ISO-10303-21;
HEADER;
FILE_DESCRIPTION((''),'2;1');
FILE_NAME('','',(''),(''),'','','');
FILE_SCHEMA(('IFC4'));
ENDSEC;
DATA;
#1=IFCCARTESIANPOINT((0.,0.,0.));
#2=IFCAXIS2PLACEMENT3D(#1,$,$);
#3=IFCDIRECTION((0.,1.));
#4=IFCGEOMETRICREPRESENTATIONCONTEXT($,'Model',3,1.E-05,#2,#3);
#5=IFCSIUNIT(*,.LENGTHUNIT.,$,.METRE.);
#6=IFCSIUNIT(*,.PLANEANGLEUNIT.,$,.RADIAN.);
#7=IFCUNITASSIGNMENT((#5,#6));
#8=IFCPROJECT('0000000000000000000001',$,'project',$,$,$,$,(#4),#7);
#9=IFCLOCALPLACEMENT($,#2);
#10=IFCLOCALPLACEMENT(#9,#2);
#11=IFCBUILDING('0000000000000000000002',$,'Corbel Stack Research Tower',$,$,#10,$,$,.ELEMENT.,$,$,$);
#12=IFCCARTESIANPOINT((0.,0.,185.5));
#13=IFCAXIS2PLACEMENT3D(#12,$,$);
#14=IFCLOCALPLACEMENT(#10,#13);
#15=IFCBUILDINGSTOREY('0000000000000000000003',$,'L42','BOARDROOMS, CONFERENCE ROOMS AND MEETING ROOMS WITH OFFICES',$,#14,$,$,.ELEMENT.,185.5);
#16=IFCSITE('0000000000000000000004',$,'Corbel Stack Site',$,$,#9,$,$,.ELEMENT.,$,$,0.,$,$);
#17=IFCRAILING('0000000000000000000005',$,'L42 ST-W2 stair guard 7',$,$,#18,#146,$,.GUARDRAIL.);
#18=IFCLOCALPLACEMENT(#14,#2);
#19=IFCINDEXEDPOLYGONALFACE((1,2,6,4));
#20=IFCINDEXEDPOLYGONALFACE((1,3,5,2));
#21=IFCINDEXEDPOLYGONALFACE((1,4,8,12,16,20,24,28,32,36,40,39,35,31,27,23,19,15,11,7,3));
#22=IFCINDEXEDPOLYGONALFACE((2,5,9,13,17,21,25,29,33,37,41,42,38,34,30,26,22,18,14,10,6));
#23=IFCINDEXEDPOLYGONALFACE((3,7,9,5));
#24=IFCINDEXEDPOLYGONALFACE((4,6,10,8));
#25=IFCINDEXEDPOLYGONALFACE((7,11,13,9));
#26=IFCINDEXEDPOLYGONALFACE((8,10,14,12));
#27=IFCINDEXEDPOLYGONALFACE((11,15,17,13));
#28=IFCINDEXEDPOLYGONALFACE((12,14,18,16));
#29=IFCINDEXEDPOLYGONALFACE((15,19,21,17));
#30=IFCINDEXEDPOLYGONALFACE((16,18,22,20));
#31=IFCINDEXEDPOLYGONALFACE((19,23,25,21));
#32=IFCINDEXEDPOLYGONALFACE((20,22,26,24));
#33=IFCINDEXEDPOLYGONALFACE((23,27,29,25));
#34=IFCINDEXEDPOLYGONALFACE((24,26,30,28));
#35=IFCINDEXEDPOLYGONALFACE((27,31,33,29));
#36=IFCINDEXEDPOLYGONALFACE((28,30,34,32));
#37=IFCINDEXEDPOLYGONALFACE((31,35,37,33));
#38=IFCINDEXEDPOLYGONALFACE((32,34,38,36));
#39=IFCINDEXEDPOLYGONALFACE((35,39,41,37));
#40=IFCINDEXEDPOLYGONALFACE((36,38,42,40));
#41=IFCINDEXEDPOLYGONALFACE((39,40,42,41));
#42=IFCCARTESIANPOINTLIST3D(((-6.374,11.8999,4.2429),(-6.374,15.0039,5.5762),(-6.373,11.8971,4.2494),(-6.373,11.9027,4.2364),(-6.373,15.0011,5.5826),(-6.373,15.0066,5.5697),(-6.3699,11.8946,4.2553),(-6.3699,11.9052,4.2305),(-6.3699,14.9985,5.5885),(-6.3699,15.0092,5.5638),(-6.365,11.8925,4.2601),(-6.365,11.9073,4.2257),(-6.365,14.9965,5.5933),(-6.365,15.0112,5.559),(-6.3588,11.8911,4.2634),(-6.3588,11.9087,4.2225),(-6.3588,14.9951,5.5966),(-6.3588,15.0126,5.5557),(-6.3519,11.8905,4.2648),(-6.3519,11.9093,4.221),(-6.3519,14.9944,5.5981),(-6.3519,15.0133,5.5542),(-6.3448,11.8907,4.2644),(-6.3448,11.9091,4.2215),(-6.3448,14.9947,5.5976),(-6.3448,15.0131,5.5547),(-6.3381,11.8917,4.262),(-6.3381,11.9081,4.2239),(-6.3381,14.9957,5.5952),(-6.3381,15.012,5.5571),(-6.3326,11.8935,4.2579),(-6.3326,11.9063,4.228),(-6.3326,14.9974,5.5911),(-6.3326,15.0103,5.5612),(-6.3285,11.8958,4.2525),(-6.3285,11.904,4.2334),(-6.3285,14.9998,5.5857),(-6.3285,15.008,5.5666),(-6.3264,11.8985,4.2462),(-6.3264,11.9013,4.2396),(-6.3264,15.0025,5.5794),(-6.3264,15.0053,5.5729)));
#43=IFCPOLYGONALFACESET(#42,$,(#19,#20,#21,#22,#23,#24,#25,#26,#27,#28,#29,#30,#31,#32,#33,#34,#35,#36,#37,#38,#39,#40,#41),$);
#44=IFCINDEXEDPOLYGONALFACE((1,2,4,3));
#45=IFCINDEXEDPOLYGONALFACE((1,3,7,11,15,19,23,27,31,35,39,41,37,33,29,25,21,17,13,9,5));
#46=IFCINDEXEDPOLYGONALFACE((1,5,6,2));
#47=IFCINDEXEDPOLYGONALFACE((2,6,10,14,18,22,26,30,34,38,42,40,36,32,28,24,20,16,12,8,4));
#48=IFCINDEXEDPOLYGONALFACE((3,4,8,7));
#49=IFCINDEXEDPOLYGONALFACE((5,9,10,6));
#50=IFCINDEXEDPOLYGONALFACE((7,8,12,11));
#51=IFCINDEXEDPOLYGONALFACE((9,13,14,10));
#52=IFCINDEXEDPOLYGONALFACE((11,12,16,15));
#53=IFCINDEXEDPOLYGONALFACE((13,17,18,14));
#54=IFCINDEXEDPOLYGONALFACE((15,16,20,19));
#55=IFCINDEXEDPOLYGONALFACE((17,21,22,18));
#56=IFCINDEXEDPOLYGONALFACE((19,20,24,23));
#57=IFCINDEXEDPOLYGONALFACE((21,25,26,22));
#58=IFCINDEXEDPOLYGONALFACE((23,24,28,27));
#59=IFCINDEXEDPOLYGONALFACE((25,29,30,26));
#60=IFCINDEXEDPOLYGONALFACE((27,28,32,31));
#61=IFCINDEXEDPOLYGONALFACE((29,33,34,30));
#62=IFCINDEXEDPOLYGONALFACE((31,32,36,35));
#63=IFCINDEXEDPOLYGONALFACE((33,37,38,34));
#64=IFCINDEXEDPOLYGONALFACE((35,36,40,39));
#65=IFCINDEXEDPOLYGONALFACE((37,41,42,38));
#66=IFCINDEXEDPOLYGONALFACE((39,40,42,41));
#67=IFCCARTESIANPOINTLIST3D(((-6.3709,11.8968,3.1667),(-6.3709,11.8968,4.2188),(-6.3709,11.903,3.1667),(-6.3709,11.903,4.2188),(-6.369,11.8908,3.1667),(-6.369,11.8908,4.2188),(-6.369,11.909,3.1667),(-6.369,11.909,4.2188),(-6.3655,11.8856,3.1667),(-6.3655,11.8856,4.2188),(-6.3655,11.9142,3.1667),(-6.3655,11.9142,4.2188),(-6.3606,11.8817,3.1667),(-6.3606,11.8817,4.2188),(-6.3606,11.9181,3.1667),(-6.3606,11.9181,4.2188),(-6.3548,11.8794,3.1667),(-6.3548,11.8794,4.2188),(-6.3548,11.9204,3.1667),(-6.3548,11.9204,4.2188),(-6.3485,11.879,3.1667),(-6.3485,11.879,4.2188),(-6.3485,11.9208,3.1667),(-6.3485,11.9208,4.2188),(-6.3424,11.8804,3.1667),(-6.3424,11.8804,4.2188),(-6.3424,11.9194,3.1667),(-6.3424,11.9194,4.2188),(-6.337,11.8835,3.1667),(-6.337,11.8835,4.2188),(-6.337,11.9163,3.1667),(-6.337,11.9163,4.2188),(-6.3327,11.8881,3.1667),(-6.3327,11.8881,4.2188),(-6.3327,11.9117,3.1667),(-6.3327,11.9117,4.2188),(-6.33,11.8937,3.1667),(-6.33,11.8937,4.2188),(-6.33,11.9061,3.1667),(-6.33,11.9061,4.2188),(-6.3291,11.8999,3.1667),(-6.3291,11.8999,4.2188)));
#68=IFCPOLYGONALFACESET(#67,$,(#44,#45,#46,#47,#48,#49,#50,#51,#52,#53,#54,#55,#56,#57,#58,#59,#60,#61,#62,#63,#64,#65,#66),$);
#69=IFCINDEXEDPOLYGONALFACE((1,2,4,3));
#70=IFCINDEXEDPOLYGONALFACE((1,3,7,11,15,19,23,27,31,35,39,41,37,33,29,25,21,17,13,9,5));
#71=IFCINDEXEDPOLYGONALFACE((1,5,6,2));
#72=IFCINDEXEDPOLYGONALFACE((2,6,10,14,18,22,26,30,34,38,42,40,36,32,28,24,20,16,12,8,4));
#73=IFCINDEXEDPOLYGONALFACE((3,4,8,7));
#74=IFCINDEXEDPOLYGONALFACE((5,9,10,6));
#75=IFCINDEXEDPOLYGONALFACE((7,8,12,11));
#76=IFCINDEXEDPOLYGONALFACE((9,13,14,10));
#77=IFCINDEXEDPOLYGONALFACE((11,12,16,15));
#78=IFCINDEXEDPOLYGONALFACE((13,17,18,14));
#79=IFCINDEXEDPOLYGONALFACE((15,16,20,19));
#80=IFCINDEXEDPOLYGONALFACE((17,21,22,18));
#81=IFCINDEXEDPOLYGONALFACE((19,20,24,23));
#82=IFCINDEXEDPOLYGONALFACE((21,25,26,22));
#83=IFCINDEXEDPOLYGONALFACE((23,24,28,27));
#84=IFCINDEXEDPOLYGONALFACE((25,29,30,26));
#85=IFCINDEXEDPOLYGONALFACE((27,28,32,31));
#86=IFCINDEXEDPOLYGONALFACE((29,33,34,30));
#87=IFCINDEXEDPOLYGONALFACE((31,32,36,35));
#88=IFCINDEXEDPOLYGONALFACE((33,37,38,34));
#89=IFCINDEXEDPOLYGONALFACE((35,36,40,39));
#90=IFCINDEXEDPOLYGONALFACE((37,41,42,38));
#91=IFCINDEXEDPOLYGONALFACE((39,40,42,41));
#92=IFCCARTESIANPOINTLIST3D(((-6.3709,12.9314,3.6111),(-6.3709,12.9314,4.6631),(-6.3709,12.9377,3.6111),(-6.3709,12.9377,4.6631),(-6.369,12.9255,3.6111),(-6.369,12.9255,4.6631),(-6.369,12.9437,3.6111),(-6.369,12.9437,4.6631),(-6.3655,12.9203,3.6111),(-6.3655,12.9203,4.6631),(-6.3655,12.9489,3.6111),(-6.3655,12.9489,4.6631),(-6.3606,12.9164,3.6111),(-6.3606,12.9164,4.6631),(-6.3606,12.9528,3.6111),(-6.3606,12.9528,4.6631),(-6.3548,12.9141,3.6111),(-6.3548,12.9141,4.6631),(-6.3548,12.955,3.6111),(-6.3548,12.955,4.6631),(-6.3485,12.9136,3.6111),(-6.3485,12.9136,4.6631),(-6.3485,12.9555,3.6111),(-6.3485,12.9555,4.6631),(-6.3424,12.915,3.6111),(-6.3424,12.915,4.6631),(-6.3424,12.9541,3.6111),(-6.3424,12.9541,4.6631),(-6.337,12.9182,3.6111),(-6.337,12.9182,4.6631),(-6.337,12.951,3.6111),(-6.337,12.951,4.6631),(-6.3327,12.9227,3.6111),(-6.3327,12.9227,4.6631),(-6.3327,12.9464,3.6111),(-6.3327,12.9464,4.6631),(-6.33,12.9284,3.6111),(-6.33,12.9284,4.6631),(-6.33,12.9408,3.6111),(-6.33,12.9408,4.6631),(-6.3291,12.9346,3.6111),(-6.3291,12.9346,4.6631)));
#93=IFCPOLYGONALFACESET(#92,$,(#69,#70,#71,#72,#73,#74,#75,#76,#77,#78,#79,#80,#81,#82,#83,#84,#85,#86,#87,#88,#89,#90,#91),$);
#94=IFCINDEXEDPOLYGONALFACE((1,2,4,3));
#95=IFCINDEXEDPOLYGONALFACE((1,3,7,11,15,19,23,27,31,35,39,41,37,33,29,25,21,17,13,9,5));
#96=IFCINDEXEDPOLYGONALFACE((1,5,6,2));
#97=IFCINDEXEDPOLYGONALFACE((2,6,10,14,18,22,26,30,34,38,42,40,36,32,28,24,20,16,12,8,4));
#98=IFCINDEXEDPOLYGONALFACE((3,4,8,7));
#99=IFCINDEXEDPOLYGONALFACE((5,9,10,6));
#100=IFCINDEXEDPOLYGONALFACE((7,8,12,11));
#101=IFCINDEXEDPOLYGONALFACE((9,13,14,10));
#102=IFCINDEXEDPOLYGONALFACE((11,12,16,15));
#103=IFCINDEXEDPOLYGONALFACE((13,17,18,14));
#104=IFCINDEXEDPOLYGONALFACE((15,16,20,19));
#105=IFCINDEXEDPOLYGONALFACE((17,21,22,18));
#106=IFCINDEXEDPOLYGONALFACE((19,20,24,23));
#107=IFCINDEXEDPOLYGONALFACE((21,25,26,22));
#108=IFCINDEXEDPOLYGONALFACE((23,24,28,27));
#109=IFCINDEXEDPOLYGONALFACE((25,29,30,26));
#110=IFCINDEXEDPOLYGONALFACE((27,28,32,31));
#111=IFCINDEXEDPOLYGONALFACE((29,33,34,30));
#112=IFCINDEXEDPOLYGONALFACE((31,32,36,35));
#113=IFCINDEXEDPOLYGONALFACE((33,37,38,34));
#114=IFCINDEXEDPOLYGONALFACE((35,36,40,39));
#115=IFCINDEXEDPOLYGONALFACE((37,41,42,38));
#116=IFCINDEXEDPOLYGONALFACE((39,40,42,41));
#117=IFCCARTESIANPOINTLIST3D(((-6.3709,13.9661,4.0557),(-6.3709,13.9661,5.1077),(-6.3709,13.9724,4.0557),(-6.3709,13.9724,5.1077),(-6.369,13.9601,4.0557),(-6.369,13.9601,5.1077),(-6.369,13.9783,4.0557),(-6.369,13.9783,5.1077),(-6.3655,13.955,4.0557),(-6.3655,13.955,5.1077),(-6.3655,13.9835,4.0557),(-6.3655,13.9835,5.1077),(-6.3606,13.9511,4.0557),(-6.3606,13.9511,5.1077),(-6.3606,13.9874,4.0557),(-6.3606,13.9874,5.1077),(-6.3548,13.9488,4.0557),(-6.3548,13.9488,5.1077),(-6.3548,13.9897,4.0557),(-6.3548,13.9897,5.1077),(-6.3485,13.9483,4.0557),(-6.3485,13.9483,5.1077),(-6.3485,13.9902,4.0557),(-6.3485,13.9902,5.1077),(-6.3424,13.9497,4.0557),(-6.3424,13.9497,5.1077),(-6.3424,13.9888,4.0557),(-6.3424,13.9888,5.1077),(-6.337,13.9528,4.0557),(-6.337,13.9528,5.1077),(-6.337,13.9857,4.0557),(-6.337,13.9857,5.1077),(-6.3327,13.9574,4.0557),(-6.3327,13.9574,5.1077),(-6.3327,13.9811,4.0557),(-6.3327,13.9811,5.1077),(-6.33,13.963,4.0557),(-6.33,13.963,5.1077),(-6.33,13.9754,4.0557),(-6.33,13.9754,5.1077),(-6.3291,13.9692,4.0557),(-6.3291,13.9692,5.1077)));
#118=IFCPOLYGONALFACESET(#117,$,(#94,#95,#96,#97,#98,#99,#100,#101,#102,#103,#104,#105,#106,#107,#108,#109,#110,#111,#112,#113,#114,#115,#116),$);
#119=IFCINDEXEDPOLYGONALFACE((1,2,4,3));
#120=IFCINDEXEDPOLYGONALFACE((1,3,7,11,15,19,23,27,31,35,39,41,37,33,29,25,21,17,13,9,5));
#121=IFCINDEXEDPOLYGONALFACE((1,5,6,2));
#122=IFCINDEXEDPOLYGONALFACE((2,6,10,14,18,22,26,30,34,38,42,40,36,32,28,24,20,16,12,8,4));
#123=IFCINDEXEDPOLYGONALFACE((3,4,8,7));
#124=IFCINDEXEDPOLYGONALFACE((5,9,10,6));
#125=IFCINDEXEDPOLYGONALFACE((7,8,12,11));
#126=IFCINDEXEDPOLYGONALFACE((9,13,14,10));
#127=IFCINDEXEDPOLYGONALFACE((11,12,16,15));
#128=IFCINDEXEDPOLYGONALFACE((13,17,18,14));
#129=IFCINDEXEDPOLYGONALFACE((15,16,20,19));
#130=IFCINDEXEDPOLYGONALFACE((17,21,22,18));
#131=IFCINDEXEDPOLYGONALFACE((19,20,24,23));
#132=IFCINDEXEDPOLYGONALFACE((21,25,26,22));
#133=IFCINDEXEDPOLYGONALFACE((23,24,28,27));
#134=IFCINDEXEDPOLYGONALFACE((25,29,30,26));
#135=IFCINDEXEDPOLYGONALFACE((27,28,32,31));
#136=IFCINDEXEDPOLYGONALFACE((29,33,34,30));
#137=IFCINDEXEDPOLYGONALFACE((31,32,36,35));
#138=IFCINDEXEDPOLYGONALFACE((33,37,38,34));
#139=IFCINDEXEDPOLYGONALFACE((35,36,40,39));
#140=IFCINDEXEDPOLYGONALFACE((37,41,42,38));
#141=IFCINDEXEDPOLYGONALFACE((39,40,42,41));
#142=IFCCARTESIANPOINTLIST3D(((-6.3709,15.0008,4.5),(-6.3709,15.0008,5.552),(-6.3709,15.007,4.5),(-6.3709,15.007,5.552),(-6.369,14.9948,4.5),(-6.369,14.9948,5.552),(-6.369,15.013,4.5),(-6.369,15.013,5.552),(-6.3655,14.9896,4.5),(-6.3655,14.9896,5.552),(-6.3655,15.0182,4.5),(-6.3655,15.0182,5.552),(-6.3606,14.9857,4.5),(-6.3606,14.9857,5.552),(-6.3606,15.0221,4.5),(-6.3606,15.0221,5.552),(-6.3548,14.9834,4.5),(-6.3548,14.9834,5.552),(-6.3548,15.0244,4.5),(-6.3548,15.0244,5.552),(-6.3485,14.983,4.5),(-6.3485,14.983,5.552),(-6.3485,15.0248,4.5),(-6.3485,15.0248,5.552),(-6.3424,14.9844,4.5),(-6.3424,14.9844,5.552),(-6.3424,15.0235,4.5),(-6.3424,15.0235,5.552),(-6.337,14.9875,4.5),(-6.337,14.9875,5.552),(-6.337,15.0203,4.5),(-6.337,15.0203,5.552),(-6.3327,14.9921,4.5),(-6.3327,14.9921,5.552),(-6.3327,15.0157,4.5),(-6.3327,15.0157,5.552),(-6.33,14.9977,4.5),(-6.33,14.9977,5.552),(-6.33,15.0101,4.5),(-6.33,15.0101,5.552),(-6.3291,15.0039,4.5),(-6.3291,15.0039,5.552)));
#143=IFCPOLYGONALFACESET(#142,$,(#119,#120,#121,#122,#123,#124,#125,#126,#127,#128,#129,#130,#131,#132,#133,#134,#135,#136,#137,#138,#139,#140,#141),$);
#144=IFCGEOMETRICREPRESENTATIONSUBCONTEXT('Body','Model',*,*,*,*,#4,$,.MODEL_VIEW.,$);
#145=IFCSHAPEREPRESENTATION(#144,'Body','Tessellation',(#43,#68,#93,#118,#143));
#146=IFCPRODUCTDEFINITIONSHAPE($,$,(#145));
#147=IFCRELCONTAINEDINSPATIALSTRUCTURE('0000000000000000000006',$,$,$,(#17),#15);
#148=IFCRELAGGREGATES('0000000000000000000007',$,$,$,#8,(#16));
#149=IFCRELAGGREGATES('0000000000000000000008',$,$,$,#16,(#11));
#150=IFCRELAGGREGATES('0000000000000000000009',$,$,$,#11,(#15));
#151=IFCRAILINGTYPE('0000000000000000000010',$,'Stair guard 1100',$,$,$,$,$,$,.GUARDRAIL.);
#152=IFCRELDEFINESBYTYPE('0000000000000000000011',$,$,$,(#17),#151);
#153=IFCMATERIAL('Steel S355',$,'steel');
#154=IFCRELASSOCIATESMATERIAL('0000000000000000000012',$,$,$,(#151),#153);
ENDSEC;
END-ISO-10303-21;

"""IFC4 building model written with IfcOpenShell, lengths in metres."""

from ifc_helpers import new_model, si_unit, direction, frame, origin, origin_2d, place, context, subcontext, project, spatial, circle, extrude, material, type_object, element, save


model = new_model("IFC4")

# Units and contexts
model_context = context("Model", 3, precision=1e-05, world=origin(), true_north=direction((0.0, 1.0)))
body_context = subcontext(model_context, "Body", "Model", "MODEL_VIEW")
ifc_project = project(units=[si_unit("LENGTHUNIT", "METRE"), si_unit("PLANEANGLEUNIT", "RADIAN")], contexts=[model_context])

# Site, building, storey
site_placement = place(None, origin())
site = spatial("IfcSite", under=ifc_project, at=site_placement, Name="Corbel Stack Site", CompositionType="ELEMENT", RefElevation=0.0)
building_placement = place(site_placement, origin())
building = spatial("IfcBuilding", under=site, at=building_placement, Name="Corbel Stack Research Tower", CompositionType="ELEMENT")
storey_placement = place(building_placement, frame((0.0, 0.0, 185.5)))
storey = spatial("IfcBuildingStorey", under=building, at=storey_placement, Name="L42", Description="BOARDROOMS, CONFERENCE ROOMS AND MEETING ROOMS WITH OFFICES", CompositionType="ELEMENT", Elevation=185.5)

# Railing
ifc_material_1 = material(Name="Steel S355", Category="steel")
railing_type_1 = type_object("IfcRailingType", Name="Stair guard 1100", PredefinedType="GUARDRAIL", material=ifc_material_1)
railing_1_placement = place(storey_placement, frame((-6.3501, 11.8999, 3.1667)))
element("IfcRailing", 1, at=railing_1_placement, inside=storey, type_object=railing_type_1, Name="L42 ST-W2 stair guard 7", PredefinedType="GUARDRAIL", context=body_context, shape_type="SweptSolid", body=[
    extrude(circle(Radius=0.0239, at=origin_2d()), frame((0.0, 0.0, 1.0762), z_axis=(0.0, 0.918827, 0.394661), x_axis=(-1.0, 0.0, 0.0)), (0.0, 0.0, 1.0), 3.3782),
    extrude(circle(Radius=0.021, at=origin_2d()), origin(), (0.0, 0.0, 1.0), 1.052),
    extrude(circle(Radius=0.021, at=origin_2d()), frame((0.0, 1.0347, 0.4443)), (0.0, 0.0, 1.0), 1.052),
    extrude(circle(Radius=0.021, at=origin_2d()), frame((0.0, 2.0693, 0.8889)), (0.0, 0.0, 1.0), 1.052),
    extrude(circle(Radius=0.021, at=origin_2d()), frame((0.0, 3.104, 1.3333)), (0.0, 0.0, 1.0), 1.052),
])

save(model, "model.ifc")
